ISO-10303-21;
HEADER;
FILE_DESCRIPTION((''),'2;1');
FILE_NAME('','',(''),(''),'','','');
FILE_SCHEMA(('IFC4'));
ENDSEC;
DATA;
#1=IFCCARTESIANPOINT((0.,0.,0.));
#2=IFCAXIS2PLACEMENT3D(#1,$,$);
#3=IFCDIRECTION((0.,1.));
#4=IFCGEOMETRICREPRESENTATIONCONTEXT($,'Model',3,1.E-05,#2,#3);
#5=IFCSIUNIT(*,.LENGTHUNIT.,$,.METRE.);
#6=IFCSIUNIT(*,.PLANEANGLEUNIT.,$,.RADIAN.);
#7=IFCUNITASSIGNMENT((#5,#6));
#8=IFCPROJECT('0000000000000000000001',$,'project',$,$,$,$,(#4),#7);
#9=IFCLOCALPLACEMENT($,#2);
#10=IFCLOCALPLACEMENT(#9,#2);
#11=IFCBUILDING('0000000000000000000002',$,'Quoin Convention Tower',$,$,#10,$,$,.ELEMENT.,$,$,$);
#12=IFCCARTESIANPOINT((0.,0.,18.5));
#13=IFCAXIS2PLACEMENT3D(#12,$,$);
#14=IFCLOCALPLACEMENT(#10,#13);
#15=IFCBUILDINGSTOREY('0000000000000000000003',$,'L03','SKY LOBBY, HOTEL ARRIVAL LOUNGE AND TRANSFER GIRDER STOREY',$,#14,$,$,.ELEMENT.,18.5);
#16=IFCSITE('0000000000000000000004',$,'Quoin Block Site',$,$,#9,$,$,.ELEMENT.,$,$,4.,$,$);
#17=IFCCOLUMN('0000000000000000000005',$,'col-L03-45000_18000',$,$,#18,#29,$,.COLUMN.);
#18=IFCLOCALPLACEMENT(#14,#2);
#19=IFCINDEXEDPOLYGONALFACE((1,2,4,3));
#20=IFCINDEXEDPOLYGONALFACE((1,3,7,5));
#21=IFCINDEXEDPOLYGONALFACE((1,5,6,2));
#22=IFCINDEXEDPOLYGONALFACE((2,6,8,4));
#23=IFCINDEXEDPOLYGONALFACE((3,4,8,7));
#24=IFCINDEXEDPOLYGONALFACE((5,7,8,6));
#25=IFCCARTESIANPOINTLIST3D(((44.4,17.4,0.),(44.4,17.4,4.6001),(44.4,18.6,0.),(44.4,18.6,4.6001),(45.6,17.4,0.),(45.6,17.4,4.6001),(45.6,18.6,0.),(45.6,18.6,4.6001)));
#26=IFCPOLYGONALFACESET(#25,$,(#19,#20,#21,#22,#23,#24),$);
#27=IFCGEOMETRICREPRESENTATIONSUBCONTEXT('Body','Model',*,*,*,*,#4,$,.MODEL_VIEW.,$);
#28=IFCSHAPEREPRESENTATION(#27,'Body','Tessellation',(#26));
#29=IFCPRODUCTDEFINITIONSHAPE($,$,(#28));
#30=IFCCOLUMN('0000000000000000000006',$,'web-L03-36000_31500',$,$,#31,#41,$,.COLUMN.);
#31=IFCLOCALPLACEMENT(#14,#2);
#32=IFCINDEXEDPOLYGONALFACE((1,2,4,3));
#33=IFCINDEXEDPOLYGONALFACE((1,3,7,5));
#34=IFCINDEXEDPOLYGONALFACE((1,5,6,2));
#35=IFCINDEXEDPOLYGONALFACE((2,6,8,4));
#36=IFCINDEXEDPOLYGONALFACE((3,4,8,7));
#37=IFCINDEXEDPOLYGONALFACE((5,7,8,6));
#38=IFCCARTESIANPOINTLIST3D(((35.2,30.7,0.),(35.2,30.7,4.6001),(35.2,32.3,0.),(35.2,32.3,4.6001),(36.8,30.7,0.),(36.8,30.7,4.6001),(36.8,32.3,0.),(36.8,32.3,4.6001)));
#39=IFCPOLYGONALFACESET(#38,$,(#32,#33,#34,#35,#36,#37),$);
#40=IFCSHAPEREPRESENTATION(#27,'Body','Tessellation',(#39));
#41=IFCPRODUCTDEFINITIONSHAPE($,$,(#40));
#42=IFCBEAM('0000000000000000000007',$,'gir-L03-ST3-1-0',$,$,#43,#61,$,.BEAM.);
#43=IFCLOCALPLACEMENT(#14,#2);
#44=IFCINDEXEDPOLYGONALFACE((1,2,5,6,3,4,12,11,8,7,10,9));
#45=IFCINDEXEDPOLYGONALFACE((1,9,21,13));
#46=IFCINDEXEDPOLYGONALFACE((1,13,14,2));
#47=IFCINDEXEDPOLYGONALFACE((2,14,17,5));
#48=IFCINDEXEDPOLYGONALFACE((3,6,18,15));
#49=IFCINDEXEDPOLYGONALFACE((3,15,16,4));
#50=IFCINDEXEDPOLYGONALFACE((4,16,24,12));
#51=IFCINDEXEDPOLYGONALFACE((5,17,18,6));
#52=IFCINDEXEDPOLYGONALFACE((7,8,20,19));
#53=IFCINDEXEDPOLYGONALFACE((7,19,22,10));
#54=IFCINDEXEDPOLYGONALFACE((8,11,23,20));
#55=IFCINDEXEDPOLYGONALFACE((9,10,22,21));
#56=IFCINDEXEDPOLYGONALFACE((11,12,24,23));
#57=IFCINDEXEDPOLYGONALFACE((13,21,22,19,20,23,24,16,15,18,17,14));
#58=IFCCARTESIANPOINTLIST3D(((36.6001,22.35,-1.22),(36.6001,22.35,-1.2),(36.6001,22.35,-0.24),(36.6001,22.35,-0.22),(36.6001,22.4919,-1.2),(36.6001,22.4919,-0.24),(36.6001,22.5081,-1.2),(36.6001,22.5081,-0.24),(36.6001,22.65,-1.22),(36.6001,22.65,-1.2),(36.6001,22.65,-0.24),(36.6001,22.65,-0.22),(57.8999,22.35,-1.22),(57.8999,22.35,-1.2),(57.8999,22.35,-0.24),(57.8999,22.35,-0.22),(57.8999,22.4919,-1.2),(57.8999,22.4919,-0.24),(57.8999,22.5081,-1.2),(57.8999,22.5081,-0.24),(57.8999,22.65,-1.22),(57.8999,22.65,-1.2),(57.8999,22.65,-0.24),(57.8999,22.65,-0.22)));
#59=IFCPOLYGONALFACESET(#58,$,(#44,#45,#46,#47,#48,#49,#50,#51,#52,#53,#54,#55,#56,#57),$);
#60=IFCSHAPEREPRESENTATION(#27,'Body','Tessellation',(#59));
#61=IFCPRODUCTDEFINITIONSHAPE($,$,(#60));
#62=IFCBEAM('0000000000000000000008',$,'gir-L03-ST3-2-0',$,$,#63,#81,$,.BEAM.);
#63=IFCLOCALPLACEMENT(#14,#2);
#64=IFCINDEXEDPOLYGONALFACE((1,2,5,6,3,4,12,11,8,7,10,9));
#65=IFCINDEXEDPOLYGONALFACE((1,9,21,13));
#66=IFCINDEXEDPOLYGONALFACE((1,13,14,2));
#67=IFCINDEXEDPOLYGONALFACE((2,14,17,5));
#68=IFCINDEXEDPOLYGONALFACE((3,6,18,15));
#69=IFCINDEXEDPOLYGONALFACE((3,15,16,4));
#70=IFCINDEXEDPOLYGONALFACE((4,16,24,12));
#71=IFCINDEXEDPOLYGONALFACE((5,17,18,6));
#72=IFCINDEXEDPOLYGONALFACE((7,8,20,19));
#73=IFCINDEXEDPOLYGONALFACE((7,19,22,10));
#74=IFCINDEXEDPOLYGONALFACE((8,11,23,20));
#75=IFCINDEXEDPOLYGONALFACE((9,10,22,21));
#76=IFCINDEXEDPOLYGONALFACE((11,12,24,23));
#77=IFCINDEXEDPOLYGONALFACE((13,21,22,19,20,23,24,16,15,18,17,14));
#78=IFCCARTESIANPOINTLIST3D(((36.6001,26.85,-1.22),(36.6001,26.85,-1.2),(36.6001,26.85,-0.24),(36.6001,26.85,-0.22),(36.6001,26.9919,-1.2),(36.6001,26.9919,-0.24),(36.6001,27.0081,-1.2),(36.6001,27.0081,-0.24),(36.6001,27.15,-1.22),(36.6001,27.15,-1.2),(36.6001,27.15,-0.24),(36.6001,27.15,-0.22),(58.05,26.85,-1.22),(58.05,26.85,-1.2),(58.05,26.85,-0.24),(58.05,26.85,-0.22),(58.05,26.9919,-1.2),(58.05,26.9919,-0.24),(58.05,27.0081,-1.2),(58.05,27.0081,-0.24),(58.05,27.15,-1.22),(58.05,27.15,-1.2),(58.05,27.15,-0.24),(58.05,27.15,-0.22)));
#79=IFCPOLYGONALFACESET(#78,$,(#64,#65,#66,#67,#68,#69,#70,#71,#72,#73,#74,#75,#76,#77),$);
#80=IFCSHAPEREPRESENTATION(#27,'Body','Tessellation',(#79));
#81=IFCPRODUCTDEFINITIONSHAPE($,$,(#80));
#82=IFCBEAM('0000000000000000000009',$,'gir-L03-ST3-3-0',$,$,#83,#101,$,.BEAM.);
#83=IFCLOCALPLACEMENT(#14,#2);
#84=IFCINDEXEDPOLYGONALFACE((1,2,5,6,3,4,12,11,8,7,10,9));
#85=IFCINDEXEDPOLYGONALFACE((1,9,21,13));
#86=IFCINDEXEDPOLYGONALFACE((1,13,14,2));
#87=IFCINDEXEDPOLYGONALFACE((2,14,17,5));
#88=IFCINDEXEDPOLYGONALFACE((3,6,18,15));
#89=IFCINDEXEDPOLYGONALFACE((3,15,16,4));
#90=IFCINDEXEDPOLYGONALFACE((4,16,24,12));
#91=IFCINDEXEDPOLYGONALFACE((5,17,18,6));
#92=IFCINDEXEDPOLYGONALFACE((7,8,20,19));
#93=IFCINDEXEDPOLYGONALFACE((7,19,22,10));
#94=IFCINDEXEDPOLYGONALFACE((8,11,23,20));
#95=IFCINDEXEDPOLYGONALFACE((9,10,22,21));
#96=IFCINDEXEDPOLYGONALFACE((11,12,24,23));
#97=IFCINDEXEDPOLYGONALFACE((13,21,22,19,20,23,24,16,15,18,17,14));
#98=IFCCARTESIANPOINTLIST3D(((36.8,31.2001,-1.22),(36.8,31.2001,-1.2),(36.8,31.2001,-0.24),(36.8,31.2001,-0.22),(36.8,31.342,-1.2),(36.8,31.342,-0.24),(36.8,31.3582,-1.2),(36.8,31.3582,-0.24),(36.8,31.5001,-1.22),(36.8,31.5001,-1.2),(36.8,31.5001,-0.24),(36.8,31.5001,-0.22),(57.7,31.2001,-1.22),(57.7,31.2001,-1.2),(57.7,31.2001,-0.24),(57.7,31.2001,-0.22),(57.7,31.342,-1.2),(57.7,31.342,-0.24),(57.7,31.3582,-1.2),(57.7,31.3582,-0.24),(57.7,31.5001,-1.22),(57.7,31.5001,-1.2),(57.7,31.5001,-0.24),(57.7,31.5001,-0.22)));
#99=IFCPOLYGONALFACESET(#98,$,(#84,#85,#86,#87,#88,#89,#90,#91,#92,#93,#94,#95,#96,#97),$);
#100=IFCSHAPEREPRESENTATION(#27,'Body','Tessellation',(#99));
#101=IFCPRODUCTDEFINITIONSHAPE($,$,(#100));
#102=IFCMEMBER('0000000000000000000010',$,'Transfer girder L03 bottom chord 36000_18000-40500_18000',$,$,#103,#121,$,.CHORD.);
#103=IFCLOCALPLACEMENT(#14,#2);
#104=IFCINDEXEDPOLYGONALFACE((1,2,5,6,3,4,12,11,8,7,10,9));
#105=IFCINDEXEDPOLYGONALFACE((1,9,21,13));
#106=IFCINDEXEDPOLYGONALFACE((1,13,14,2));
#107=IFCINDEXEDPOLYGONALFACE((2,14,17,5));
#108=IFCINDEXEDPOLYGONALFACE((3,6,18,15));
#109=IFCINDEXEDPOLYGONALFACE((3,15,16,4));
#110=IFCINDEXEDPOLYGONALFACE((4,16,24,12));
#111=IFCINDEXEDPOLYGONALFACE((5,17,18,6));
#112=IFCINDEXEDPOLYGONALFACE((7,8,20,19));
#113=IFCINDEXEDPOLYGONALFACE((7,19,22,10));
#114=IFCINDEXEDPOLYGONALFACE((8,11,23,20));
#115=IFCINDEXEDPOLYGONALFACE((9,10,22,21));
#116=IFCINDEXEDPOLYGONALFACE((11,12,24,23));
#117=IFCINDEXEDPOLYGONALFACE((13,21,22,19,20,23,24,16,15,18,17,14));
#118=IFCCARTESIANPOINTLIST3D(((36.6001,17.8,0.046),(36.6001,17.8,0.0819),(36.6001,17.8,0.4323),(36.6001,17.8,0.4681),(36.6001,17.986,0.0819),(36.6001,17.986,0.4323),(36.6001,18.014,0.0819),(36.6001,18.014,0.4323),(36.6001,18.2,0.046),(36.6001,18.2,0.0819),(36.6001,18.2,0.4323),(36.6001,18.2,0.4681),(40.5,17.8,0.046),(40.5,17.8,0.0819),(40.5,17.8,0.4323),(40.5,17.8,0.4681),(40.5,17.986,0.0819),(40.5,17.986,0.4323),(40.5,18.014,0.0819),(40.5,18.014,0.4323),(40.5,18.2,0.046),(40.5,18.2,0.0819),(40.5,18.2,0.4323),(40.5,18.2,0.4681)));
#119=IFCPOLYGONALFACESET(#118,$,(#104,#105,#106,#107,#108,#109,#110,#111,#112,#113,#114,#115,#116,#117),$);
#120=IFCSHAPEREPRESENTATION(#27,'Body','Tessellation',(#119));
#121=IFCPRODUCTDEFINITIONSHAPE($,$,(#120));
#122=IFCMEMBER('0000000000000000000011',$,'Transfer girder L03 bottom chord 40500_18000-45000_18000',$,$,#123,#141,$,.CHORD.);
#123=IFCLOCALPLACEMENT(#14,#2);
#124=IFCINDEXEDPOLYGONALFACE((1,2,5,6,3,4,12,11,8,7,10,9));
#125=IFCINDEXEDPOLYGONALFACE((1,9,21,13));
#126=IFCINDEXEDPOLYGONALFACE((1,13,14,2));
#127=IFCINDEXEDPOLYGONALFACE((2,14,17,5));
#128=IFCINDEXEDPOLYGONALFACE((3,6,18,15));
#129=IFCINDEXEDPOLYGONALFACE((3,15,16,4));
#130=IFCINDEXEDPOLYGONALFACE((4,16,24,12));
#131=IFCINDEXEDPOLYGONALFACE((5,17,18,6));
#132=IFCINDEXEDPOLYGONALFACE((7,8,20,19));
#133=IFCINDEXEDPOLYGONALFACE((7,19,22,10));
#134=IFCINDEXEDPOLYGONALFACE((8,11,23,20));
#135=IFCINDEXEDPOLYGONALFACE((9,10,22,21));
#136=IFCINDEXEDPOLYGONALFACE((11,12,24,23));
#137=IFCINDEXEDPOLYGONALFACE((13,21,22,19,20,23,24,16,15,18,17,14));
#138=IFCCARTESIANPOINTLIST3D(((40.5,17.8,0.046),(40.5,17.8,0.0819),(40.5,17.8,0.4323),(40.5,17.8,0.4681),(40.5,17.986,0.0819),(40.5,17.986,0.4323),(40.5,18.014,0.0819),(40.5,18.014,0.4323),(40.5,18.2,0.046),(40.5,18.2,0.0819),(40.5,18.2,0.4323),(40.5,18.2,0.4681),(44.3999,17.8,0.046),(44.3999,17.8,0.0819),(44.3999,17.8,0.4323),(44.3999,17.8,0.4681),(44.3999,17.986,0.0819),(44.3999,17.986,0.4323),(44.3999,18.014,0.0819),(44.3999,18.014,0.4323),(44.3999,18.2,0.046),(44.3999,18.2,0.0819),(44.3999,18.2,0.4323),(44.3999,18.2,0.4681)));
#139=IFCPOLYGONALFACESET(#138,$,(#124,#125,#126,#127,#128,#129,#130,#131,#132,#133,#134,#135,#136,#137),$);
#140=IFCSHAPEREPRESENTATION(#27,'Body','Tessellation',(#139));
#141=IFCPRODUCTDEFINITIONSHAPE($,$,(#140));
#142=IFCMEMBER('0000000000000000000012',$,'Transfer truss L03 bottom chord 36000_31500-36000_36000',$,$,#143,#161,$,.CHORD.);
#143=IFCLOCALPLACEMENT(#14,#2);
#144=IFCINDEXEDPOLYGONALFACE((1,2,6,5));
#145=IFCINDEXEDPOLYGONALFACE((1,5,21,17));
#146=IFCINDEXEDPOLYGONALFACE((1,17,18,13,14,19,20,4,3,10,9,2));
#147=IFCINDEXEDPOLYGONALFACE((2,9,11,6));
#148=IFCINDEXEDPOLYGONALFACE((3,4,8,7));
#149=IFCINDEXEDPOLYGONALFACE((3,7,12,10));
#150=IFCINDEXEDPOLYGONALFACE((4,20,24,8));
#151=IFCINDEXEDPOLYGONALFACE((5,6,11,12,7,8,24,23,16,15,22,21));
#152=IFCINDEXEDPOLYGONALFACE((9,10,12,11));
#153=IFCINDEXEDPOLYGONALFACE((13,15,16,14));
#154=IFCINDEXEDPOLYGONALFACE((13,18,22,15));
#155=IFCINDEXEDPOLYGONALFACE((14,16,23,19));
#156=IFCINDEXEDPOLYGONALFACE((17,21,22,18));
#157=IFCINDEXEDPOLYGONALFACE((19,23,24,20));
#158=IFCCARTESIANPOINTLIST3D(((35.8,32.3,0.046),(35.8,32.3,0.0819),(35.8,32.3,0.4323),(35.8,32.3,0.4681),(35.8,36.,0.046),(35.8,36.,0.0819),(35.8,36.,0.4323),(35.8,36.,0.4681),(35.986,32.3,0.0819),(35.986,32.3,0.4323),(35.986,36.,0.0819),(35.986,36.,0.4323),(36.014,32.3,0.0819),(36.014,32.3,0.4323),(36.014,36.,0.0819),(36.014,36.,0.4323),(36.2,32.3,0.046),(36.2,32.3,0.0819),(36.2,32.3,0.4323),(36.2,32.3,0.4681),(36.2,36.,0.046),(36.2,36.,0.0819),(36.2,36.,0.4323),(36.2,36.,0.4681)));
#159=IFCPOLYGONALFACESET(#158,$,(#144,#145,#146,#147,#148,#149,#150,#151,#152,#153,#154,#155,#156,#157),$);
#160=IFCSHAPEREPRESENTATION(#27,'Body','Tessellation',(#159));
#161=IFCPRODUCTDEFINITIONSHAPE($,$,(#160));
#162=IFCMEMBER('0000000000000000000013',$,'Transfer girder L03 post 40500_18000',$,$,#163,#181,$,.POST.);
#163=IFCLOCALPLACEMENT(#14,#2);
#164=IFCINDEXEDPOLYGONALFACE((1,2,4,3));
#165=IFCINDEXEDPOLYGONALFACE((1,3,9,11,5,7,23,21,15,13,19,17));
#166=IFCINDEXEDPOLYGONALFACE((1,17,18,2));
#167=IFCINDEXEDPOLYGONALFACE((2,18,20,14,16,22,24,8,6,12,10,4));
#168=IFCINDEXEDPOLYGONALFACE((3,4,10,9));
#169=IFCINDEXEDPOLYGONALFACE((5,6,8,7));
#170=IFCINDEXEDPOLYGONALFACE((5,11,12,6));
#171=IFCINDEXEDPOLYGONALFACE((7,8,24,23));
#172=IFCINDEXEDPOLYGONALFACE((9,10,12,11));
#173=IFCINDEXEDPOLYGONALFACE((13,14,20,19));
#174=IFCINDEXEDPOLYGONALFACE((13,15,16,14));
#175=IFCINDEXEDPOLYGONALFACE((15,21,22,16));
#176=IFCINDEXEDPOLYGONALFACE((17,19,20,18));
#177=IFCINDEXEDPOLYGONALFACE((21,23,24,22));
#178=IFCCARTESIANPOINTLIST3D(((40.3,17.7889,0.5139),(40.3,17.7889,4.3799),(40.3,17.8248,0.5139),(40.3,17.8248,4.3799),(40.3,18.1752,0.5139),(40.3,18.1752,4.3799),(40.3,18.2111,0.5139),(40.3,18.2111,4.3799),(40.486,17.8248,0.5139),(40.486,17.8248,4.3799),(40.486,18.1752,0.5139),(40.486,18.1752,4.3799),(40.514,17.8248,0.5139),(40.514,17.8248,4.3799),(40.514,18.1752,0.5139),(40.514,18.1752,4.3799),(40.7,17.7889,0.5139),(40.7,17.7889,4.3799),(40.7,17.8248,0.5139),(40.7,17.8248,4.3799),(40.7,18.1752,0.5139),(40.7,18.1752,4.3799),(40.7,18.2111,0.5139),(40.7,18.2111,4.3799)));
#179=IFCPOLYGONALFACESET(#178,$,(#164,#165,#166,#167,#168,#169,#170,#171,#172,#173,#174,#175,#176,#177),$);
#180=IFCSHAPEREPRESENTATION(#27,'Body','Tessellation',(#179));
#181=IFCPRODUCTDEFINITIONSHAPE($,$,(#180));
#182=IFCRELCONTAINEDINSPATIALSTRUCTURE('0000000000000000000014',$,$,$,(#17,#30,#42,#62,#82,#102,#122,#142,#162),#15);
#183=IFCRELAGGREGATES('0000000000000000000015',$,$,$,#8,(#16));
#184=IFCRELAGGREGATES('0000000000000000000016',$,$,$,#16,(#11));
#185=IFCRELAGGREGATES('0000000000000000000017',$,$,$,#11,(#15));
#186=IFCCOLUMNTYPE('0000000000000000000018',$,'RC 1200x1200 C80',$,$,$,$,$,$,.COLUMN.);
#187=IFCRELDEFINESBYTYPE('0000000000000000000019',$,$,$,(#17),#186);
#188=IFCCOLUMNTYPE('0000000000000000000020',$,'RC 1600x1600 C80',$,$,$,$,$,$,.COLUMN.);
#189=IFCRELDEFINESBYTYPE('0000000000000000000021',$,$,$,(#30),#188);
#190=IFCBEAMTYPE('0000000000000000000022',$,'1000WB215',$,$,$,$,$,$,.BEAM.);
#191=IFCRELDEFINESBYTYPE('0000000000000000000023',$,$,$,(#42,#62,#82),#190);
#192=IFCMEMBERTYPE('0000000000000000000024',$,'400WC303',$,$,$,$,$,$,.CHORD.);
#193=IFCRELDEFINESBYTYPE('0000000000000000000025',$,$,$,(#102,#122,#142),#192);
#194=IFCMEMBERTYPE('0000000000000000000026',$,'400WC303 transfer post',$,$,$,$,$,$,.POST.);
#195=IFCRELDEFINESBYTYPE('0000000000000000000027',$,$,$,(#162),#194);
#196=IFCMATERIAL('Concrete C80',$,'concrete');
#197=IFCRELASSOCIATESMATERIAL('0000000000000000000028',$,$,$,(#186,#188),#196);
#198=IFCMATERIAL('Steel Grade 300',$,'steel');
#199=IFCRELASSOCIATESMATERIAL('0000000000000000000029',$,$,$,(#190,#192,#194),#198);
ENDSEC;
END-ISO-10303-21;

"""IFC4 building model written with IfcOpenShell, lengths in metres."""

from ifc_helpers import new_model, si_unit, direction, frame, origin, origin_2d, place, context, subcontext, project, spatial, rectangle, i_section, extrude, material, material_profile, profile_set, type_object, element, save


model = new_model("IFC4")

# Units and contexts
model_context = context("Model", 3, precision=1e-05, world=origin(), true_north=direction((0.0, 1.0)))
body_context = subcontext(model_context, "Body", "Model", "MODEL_VIEW")
ifc_project = project(units=[si_unit("LENGTHUNIT", "METRE"), si_unit("PLANEANGLEUNIT", "RADIAN")], contexts=[model_context])

# Site, building, storey
site_placement = place(None, origin())
site = spatial("IfcSite", under=ifc_project, at=site_placement, Name="Quoin Block Site", CompositionType="ELEMENT", RefElevation=4.0)
building_placement = place(site_placement, origin())
building = spatial("IfcBuilding", under=site, at=building_placement, Name="Quoin Convention Tower", CompositionType="ELEMENT")
storey_placement = place(building_placement, frame((0.0, 0.0, 18.5)))
storey = spatial("IfcBuildingStorey", under=building, at=storey_placement, Name="L03", Description="SKY LOBBY, HOTEL ARRIVAL LOUNGE AND TRANSFER GIRDER STOREY", CompositionType="ELEMENT", Elevation=18.5)

# Columns
ifc_material_1 = material(Name="Concrete C80", Category="concrete")
ifc_material_profile_1 = material_profile(ifc_material_1, rectangle(XDim=1.2, YDim=1.2, at=origin_2d()), Name="RC 1200x1200")
ifc_profile_set_1 = profile_set([ifc_material_profile_1], Name="Concrete C80")
column_type_1 = type_object("IfcColumnType", Name="RC 1200x1200 C80", PredefinedType="COLUMN", material=ifc_profile_set_1)
column_1_placement = place(storey_placement, frame((45.0, 18.0, 0.0), z_axis=(0.0, 0.0, 1.0), x_axis=(1.0, 0.0, 0.0)))
element("IfcColumn", 1, at=column_1_placement, inside=storey, type_object=column_type_1, Name="col-L03-45000_18000", PredefinedType="COLUMN", context=body_context, shape_type="SweptSolid", body=[
    extrude(rectangle(XDim=1.2, YDim=1.2, at=origin_2d()), origin(), (0.0, 0.0, 1.0), 4.6001),
])
ifc_material_profile_2 = material_profile(ifc_material_1, rectangle(XDim=1.6001, YDim=1.6001, at=origin_2d()), Name="RC 1600x1600")
ifc_profile_set_2 = profile_set([ifc_material_profile_2], Name="Concrete C80")
column_type_2 = type_object("IfcColumnType", Name="RC 1600x1600 C80", PredefinedType="COLUMN", material=ifc_profile_set_2)
column_2_placement = place(storey_placement, frame((36.0, 31.5, 0.0), z_axis=(0.0, 0.0, 1.0), x_axis=(1.0, 0.0, 0.0)))
element("IfcColumn", 2, at=column_2_placement, inside=storey, type_object=column_type_2, Name="web-L03-36000_31500", PredefinedType="COLUMN", context=body_context, shape_type="SweptSolid", body=[
    extrude(rectangle(XDim=1.6001, YDim=1.6001, at=origin_2d()), origin(), (0.0, 0.0, 1.0), 4.6001),
])

# Beams
ifc_material_2 = material(Name="Steel Grade 300", Category="steel")
ifc_material_profile_3 = material_profile(ifc_material_2, i_section(OverallWidth=0.3, OverallDepth=1.0, WebThickness=0.0161, FlangeThickness=0.02, at=origin_2d()), Name="1000WB215")
ifc_profile_set_3 = profile_set([ifc_material_profile_3], Name="Steel Grade 300")
beam_type_1 = type_object("IfcBeamType", Name="1000WB215", PredefinedType="BEAM", material=ifc_profile_set_3)
beam_1_placement = place(storey_placement, frame((36.6001, 22.5, -0.72), z_axis=(1.0, 0.0, 0.0), x_axis=(0.0, 1.0, 0.0)))
element("IfcBeam", 3, at=beam_1_placement, inside=storey, type_object=beam_type_1, Name="gir-L03-ST3-1-0", PredefinedType="BEAM", context=body_context, shape_type="SweptSolid", body=[
    extrude(i_section(OverallWidth=0.3, OverallDepth=1.0, WebThickness=0.0161, FlangeThickness=0.02, at=origin_2d()), origin(), (0.0, 0.0, 1.0), 21.2998),
])
beam_2_placement = place(storey_placement, frame((36.6001, 27.0, -0.72), z_axis=(1.0, 0.0, 0.0), x_axis=(0.0, 1.0, 0.0)))
element("IfcBeam", 4, at=beam_2_placement, inside=storey, type_object=beam_type_1, Name="gir-L03-ST3-2-0", PredefinedType="BEAM", context=body_context, shape_type="SweptSolid", body=[
    extrude(i_section(OverallWidth=0.3, OverallDepth=1.0, WebThickness=0.0161, FlangeThickness=0.02, at=origin_2d()), origin(), (0.0, 0.0, 1.0), 21.45),
])
beam_3_placement = place(storey_placement, frame((36.8, 31.3501, -0.72), z_axis=(1.0, 0.0, 0.0), x_axis=(0.0, 1.0, 0.0)))
element("IfcBeam", 5, at=beam_3_placement, inside=storey, type_object=beam_type_1, Name="gir-L03-ST3-3-0", PredefinedType="BEAM", context=body_context, shape_type="SweptSolid", body=[
    extrude(i_section(OverallWidth=0.3, OverallDepth=1.0, WebThickness=0.0161, FlangeThickness=0.02, at=origin_2d()), origin(), (0.0, 0.0, 1.0), 20.8999),
])

# Members
ifc_material_profile_4 = material_profile(ifc_material_2, i_section(OverallWidth=0.3999, OverallDepth=0.4221, WebThickness=0.0281, FlangeThickness=0.0359, at=origin_2d()), Name="400WC303")
ifc_profile_set_4 = profile_set([ifc_material_profile_4], Name="Steel Grade 300")
member_type_1 = type_object("IfcMemberType", Name="400WC303", PredefinedType="CHORD", material=ifc_profile_set_4)
for number, where, z_axis, x_axis, name in (
    (6, (36.6001, 18.0, 0.2571), (1.0, 0.0, 0.0), (0.0, 1.0, 0.0), "Transfer girder L03 bottom chord 36000_18000-40500_18000"),
    (7, (40.5, 18.0, 0.2571), (1.0, 0.0, 0.0), (0.0, 1.0, 0.0), "Transfer girder L03 bottom chord 40500_18000-45000_18000"),
):
    element("IfcMember", number, at=place(storey_placement, frame(where, z_axis=z_axis, x_axis=x_axis)), inside=storey, type_object=member_type_1, Name=name, PredefinedType="CHORD", context=body_context, shape_type="SweptSolid", body=[
        extrude(i_section(OverallWidth=0.3999, OverallDepth=0.4221, WebThickness=0.0281, FlangeThickness=0.0359, at=origin_2d()), origin(), (0.0, 0.0, 1.0), 3.8999),
    ])
member_1_placement = place(storey_placement, frame((36.0, 32.3, 0.2571), z_axis=(0.0, 1.0, 0.0), x_axis=(-1.0, 0.0, 0.0)))
element("IfcMember", 8, at=member_1_placement, inside=storey, type_object=member_type_1, Name="Transfer truss L03 bottom chord 36000_31500-36000_36000", PredefinedType="CHORD", context=body_context, shape_type="SweptSolid", body=[
    extrude(i_section(OverallWidth=0.3999, OverallDepth=0.4221, WebThickness=0.0281, FlangeThickness=0.0359, at=origin_2d()), origin(), (0.0, 0.0, 1.0), 3.7),
])
ifc_material_profile_5 = material_profile(ifc_material_2, i_section(OverallWidth=0.3999, OverallDepth=0.4221, WebThickness=0.0281, FlangeThickness=0.0359, at=origin_2d()), Name="400WC303")
ifc_profile_set_5 = profile_set([ifc_material_profile_5], Name="Steel Grade 300")
member_type_2 = type_object("IfcMemberType", Name="400WC303 transfer post", PredefinedType="POST", material=ifc_profile_set_5)
member_2_placement = place(storey_placement, frame((40.5, 18.0, 0.5139), z_axis=(0.0, 0.0, 1.0), x_axis=(1.0, 0.0, 0.0)))
element("IfcMember", 9, at=member_2_placement, inside=storey, type_object=member_type_2, Name="Transfer girder L03 post 40500_18000", PredefinedType="POST", context=body_context, shape_type="SweptSolid", body=[
    extrude(i_section(OverallWidth=0.3999, OverallDepth=0.4221, WebThickness=0.0281, FlangeThickness=0.0359, at=origin_2d()), origin(), (0.0, 0.0, 1.0), 3.866),
])

save(model, "model.ifc")
